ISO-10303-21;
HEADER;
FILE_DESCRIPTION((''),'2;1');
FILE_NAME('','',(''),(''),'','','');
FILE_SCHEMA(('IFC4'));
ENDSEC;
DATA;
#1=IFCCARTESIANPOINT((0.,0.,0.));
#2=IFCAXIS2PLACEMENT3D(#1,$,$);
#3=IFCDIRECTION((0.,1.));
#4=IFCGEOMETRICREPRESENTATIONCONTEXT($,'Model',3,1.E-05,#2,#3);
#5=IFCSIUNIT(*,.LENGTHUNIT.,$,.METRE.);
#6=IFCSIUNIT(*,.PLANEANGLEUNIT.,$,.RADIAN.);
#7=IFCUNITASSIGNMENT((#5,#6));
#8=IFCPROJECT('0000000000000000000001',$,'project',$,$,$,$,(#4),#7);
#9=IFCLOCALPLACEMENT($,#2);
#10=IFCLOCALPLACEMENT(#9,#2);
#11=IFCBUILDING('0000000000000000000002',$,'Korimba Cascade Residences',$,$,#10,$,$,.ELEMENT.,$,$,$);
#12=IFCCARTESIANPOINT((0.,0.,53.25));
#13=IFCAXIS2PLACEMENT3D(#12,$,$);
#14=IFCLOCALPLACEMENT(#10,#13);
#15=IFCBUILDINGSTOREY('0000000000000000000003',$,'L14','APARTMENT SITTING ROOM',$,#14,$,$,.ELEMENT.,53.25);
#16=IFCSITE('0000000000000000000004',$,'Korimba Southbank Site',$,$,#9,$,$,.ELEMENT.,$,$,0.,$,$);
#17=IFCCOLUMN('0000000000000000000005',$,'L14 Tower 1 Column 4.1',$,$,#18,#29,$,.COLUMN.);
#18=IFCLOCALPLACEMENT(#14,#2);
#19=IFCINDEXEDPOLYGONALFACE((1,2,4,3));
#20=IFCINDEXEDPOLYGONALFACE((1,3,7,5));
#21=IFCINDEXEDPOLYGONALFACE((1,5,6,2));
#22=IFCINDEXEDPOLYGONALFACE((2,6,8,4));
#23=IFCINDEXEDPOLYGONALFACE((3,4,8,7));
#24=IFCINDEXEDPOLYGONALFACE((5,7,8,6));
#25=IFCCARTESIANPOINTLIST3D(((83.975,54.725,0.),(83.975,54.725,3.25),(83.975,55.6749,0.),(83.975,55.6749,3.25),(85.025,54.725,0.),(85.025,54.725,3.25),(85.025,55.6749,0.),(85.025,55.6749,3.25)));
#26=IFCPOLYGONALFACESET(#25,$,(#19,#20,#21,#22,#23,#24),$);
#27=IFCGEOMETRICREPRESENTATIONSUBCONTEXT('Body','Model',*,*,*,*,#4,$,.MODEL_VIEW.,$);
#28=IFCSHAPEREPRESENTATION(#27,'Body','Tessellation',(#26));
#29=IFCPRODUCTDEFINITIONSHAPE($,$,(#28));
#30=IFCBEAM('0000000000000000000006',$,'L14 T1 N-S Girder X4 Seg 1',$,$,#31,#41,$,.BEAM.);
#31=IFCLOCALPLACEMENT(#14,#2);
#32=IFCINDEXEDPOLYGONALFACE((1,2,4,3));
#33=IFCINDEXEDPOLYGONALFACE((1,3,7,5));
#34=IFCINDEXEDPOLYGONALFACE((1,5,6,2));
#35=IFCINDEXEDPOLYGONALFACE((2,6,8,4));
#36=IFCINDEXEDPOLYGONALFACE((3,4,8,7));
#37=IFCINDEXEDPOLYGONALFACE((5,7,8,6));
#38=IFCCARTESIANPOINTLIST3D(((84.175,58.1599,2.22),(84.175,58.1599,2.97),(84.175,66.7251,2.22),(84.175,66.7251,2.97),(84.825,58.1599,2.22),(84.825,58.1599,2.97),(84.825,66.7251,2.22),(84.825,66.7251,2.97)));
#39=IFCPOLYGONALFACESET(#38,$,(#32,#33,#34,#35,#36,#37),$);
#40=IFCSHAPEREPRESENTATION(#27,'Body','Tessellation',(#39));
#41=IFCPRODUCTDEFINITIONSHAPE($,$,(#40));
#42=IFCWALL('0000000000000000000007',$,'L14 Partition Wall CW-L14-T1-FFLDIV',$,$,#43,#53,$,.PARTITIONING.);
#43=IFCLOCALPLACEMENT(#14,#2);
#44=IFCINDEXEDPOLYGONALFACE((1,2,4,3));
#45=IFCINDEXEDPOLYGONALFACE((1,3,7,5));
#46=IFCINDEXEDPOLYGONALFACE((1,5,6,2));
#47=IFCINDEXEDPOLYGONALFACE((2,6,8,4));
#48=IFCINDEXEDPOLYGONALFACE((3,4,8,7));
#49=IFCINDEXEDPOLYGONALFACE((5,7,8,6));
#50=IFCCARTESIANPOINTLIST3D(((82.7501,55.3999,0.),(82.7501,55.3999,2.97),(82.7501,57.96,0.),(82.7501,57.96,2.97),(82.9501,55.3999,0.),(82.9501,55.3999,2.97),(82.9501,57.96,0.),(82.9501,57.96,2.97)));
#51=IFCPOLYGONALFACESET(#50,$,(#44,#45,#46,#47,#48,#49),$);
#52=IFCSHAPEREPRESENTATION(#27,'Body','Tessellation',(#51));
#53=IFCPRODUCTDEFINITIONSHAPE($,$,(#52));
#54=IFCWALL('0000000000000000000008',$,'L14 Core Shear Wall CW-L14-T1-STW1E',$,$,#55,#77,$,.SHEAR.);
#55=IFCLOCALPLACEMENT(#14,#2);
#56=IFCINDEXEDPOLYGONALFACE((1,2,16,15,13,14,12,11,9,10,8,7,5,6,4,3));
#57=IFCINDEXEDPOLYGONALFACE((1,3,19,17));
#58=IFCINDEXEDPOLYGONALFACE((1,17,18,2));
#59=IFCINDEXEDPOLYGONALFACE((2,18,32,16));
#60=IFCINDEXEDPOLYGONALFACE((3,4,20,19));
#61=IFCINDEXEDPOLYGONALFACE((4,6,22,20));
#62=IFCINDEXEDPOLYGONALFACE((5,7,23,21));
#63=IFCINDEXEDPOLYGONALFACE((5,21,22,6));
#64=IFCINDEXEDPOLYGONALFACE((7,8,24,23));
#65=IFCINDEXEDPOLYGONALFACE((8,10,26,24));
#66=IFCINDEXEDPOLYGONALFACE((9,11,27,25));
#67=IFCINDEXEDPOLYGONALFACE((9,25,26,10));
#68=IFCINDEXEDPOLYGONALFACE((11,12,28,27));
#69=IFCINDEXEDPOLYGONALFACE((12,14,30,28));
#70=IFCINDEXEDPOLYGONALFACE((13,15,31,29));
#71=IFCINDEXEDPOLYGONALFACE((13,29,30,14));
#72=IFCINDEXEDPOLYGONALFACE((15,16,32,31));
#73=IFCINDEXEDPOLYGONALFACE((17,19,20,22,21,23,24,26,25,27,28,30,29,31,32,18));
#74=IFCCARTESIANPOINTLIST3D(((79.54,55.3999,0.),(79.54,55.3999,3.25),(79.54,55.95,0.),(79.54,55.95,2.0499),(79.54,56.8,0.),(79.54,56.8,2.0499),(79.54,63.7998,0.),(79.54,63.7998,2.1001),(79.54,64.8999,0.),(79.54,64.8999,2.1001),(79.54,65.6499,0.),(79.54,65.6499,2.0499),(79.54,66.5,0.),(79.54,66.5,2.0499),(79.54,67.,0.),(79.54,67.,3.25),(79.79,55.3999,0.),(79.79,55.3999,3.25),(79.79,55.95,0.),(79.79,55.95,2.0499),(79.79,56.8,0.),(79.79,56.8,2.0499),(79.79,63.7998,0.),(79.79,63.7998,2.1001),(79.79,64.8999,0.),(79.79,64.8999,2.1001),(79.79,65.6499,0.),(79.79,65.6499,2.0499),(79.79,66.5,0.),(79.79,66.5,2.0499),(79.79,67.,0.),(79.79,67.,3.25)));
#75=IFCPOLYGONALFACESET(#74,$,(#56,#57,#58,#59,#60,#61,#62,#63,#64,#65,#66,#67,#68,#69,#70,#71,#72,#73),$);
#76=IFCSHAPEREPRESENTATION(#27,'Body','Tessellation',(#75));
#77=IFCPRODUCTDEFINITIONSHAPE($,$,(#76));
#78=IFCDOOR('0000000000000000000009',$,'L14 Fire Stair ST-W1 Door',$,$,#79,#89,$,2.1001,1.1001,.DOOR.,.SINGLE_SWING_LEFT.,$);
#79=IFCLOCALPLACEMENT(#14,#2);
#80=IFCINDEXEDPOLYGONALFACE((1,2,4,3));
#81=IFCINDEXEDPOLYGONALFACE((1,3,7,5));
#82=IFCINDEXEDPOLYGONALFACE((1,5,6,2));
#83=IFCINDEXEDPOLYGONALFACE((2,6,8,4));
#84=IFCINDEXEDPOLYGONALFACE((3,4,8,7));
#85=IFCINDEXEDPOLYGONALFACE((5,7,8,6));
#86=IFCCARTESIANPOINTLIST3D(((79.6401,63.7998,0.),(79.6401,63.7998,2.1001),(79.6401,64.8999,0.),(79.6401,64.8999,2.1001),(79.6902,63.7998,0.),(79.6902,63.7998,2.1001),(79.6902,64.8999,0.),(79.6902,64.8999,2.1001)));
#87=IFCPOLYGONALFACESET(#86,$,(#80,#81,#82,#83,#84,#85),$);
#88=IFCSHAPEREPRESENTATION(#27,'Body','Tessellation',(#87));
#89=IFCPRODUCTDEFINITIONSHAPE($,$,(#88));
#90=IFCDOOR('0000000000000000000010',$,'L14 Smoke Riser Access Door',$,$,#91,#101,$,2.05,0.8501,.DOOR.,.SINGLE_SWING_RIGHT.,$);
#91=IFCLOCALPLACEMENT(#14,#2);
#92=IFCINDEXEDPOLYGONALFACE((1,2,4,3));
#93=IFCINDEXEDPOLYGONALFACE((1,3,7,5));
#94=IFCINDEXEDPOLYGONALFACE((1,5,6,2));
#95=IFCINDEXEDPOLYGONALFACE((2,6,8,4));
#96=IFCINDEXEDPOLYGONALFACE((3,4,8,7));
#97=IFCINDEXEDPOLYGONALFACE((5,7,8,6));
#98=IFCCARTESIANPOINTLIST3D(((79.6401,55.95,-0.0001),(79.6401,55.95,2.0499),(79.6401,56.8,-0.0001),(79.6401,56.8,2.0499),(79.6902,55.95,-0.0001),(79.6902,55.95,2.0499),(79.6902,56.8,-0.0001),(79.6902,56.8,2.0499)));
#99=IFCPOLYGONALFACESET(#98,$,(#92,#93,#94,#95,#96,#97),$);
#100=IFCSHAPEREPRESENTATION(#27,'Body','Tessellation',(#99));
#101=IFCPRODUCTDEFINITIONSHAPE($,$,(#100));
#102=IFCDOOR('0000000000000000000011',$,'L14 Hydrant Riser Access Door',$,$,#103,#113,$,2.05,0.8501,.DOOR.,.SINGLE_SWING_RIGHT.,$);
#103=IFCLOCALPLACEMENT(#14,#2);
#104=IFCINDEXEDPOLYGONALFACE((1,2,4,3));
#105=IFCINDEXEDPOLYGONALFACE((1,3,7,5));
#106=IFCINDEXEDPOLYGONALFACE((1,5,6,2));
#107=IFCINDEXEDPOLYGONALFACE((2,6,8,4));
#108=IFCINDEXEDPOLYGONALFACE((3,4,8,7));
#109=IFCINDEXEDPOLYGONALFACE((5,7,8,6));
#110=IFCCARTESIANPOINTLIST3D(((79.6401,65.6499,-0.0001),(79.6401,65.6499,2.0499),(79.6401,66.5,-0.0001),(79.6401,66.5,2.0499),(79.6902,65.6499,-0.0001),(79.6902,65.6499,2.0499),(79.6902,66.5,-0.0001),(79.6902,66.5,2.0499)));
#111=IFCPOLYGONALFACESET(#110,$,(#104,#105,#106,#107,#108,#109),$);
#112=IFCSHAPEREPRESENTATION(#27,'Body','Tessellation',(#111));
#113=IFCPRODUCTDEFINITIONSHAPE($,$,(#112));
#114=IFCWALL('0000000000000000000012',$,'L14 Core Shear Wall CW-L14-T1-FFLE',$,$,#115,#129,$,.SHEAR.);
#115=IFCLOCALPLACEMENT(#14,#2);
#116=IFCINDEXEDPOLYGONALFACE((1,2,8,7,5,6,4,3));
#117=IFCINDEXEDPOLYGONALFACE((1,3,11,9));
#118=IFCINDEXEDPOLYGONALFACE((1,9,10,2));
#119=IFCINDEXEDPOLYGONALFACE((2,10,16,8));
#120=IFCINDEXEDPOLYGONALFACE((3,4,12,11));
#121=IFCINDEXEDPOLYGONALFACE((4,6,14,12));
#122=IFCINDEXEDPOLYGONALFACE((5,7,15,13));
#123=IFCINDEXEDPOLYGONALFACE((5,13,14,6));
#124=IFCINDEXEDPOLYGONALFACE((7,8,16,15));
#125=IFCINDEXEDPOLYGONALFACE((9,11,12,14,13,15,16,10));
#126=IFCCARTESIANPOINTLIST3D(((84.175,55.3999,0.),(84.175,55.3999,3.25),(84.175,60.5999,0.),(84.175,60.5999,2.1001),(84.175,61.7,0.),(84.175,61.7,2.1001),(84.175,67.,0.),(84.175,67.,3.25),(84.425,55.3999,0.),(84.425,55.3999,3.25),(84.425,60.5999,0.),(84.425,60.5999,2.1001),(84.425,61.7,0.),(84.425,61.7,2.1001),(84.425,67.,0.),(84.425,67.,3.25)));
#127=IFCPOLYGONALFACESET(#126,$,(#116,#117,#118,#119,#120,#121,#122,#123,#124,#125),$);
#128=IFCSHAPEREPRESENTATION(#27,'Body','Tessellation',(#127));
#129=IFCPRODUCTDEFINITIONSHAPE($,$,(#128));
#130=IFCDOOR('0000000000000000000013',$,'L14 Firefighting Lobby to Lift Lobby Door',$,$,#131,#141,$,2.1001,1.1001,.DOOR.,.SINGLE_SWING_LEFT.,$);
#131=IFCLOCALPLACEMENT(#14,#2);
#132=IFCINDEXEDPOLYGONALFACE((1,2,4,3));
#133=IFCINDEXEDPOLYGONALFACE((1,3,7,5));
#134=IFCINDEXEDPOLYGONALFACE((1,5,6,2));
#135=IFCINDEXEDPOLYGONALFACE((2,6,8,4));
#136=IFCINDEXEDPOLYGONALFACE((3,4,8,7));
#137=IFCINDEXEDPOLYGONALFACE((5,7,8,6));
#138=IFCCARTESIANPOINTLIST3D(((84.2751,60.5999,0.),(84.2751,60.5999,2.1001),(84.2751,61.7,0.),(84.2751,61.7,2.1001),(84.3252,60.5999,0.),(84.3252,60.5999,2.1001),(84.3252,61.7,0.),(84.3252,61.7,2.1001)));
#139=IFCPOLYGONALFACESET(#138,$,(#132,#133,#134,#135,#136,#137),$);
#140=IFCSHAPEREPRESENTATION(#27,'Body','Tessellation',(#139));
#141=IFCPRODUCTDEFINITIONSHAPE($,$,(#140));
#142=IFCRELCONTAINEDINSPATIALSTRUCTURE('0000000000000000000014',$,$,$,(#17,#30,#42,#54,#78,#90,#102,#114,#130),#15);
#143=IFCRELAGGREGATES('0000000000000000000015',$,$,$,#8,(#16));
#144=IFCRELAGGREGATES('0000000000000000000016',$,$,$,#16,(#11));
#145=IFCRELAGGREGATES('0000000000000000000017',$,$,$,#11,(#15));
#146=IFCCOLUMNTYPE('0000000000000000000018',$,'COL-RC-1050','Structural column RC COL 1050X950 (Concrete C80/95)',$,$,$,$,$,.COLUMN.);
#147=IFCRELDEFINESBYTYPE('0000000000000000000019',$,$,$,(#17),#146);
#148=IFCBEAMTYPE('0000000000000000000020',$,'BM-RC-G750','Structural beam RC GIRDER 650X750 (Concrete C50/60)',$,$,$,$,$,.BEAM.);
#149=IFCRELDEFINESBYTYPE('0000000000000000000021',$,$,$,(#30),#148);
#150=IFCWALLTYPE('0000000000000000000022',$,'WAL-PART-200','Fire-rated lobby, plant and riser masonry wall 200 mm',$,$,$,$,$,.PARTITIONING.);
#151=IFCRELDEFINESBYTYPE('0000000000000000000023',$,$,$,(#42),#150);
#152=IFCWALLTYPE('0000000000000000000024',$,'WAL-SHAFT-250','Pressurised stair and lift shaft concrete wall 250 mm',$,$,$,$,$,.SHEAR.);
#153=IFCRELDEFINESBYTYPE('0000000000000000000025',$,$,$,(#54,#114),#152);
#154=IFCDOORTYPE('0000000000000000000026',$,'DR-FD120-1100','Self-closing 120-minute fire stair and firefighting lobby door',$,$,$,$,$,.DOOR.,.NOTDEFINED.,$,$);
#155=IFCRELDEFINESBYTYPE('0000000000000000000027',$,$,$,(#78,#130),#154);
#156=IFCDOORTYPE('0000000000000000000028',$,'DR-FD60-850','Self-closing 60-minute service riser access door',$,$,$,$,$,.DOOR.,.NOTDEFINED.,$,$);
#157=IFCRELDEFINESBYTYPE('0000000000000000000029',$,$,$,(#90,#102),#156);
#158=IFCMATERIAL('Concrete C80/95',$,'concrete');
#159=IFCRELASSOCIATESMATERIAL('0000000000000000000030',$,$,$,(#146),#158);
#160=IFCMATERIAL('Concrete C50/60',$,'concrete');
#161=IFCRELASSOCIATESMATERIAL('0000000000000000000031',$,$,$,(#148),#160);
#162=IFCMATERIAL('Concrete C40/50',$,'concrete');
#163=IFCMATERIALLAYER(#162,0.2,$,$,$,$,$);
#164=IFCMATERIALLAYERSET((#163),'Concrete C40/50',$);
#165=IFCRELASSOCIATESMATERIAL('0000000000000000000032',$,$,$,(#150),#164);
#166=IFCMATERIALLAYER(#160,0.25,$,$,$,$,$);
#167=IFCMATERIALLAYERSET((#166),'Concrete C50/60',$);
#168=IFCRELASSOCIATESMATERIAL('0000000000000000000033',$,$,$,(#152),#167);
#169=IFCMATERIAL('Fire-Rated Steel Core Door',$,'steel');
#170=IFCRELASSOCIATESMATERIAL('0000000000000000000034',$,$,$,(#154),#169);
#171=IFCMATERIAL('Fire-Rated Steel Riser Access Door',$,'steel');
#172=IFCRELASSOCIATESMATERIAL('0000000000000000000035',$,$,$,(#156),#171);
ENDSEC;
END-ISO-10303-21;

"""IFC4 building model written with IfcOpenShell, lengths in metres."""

from ifc_helpers import new_model, si_unit, direction, frame, frame_2d, origin, origin_2d, place, context, subcontext, project, spatial, rectangle, extrude, material, layer, layer_set, material_profile, profile_set, type_object, element, fill, save


model = new_model("IFC4")

# Units and contexts
model_context = context("Model", 3, precision=1e-05, world=origin(), true_north=direction((0.0, 1.0)))
body_context = subcontext(model_context, "Body", "Model", "MODEL_VIEW")
ifc_project = project(units=[si_unit("LENGTHUNIT", "METRE"), si_unit("PLANEANGLEUNIT", "RADIAN")], contexts=[model_context])

# Site, building, storey
site_placement = place(None, origin())
site = spatial("IfcSite", under=ifc_project, at=site_placement, Name="Korimba Southbank Site", CompositionType="ELEMENT", RefElevation=0.0)
building_placement = place(site_placement, origin())
building = spatial("IfcBuilding", under=site, at=building_placement, Name="Korimba Cascade Residences", CompositionType="ELEMENT")
storey_placement = place(building_placement, frame((0.0, 0.0, 53.25)))
storey = spatial("IfcBuildingStorey", under=building, at=storey_placement, Name="L14", Description="APARTMENT SITTING ROOM", CompositionType="ELEMENT", Elevation=53.25)

# Column
ifc_material_1 = material(Name="Concrete C80/95", Category="concrete")
ifc_material_profile_1 = material_profile(ifc_material_1, rectangle(XDim=1.05, YDim=0.95, at=origin_2d()), Name="Concrete C80/95")
ifc_profile_set_1 = profile_set([ifc_material_profile_1], Name="Concrete C80/95")
column_type = type_object("IfcColumnType", Name="COL-RC-1050", Description="Structural column RC COL 1050X950 (Concrete C80/95)", PredefinedType="COLUMN", material=ifc_profile_set_1)
column_placement = place(storey_placement, frame((84.5, 55.2, 0.0), z_axis=(0.0, 0.0, 1.0), x_axis=(1.0, 0.0, 0.0)))
element("IfcColumn", 1, at=column_placement, inside=storey, type_object=column_type, Name="L14 Tower 1 Column 4.1", PredefinedType="COLUMN", context=body_context, shape_type="SweptSolid", body=[
    extrude(rectangle(XDim=1.05, YDim=0.95, at=origin_2d()), origin(), (0.0, 0.0, 1.0), 3.25),
])

# Beam
ifc_material_2 = material(Name="Concrete C50/60", Category="concrete")
ifc_material_profile_2 = material_profile(ifc_material_2, rectangle(XDim=0.6499, YDim=0.75, at=origin_2d()), Name="Concrete C50/60")
ifc_profile_set_2 = profile_set([ifc_material_profile_2], Name="Concrete C50/60")
beam_type = type_object("IfcBeamType", Name="BM-RC-G750", Description="Structural beam RC GIRDER 650X750 (Concrete C50/60)", PredefinedType="BEAM", material=ifc_profile_set_2)
beam_placement = place(storey_placement, frame((84.5, 58.1599, 2.595), z_axis=(0.0, 1.0, 0.0), x_axis=(-1.0, 0.0, 0.0)))
element("IfcBeam", 2, at=beam_placement, inside=storey, type_object=beam_type, Name="L14 T1 N-S Girder X4 Seg 1", PredefinedType="BEAM", context=body_context, shape_type="SweptSolid", body=[
    extrude(rectangle(XDim=0.6499, YDim=0.75, at=origin_2d()), origin(), (0.0, 0.0, 1.0), 8.5652),
])

# Wall
ifc_material_3 = material(Name="Concrete C40/50", Category="concrete")
ifc_layer_1 = layer(ifc_material_3, 0.2)
ifc_layer_set_1 = layer_set([ifc_layer_1], Name="Concrete C40/50")
wall_type_1 = type_object("IfcWallType", Name="WAL-PART-200", Description="Fire-rated lobby, plant and riser masonry wall 200 mm", PredefinedType="PARTITIONING", material=ifc_layer_set_1)
wall_1_placement = place(storey_placement, frame((82.8501, 55.3999, 0.0), z_axis=(0.0, 0.0, 1.0), x_axis=(0.0, 1.0, 0.0)))
element("IfcWall", 3, at=wall_1_placement, inside=storey, type_object=wall_type_1, Name="L14 Partition Wall CW-L14-T1-FFLDIV", PredefinedType="PARTITIONING", context=body_context, shape_type="SweptSolid", body=[
    extrude(rectangle(XDim=2.5601, YDim=0.2, at=frame_2d((1.28, 0.0))), origin(), (0.0, 0.0, 1.0), 2.97),
])

# Wall, openings, doors
ifc_layer_2 = layer(ifc_material_2, 0.25)
ifc_layer_set_2 = layer_set([ifc_layer_2], Name="Concrete C50/60")
wall_type_2 = type_object("IfcWallType", Name="WAL-SHAFT-250", Description="Pressurised stair and lift shaft concrete wall 250 mm", PredefinedType="SHEAR", material=ifc_layer_set_2)
wall_2_placement = place(storey_placement, frame((79.665, 55.3999, 0.0), z_axis=(0.0, 0.0, 1.0), x_axis=(0.0, 1.0, 0.0)))
wall_2 = element("IfcWall", 4, at=wall_2_placement, inside=storey, type_object=wall_type_2, Name="L14 Core Shear Wall CW-L14-T1-STW1E", PredefinedType="SHEAR", context=body_context, shape_type="SweptSolid", body=[
    extrude(rectangle(XDim=11.6001, YDim=0.25, at=frame_2d((5.8, 0.0))), origin(), (0.0, 0.0, 1.0), 3.25),
])
opening_1_placement = place(wall_2_placement, frame((0.55, 0.0, 0.0)))
opening_1 = element("IfcOpeningElement", 5, at=opening_1_placement, cuts=wall_2, PredefinedType="OPENING", context=body_context, shape_type="SweptSolid", body=[
    extrude(rectangle(XDim=0.8501, YDim=2.05, at=frame_2d((0.425, 1.0249))), frame((0.0, 0.135, 0.0), z_axis=(0.0, -1.0, 0.0), x_axis=(1.0, 0.0, 0.0)), (0.0, 0.0, 1.0), 0.27),
])
opening_2_placement = place(wall_2_placement, frame((8.3999, 0.0, 0.0)))
opening_2 = element("IfcOpeningElement", 6, at=opening_2_placement, cuts=wall_2, PredefinedType="OPENING", context=body_context, shape_type="SweptSolid", body=[
    extrude(rectangle(XDim=1.1001, YDim=2.1001, at=frame_2d((0.55, 1.05))), frame((0.0, 0.135, 0.0), z_axis=(0.0, -1.0, 0.0), x_axis=(1.0, 0.0, 0.0)), (0.0, 0.0, 1.0), 0.27),
])
opening_3_placement = place(wall_2_placement, frame((10.25, 0.0, 0.0)))
opening_3 = element("IfcOpeningElement", 7, at=opening_3_placement, cuts=wall_2, PredefinedType="OPENING", context=body_context, shape_type="SweptSolid", body=[
    extrude(rectangle(XDim=0.8501, YDim=2.05, at=frame_2d((0.425, 1.0249))), frame((0.0, 0.135, 0.0), z_axis=(0.0, -1.0, 0.0), x_axis=(1.0, 0.0, 0.0)), (0.0, 0.0, 1.0), 0.27),
])
ifc_material_4 = material(Name="Fire-Rated Steel Core Door", Category="steel")
door_type_1 = type_object("IfcDoorType", Name="DR-FD120-1100", Description="Self-closing 120-minute fire stair and firefighting lobby door", OperationType="NOTDEFINED", PredefinedType="DOOR", material=ifc_material_4)
door_1_placement = place(opening_2_placement, origin())
door_1 = element("IfcDoor", 8, at=door_1_placement, inside=storey, type_object=door_type_1, Name="L14 Fire Stair ST-W1 Door", OperationType="SINGLE_SWING_LEFT", OverallHeight=2.1001, OverallWidth=1.1001, PredefinedType="DOOR", context=body_context, shape_type="SweptSolid", body=[
    extrude(rectangle(XDim=1.1001, YDim=2.1001, at=frame_2d((0.55, 1.05))), frame((0.0, 0.0249, 0.0), z_axis=(0.0, -1.0, 0.0), x_axis=(1.0, 0.0, 0.0)), (0.0, 0.0, 1.0), 0.05),
])
fill(opening_2, door_1)
ifc_material_5 = material(Name="Fire-Rated Steel Riser Access Door", Category="steel")
door_type_2 = type_object("IfcDoorType", Name="DR-FD60-850", Description="Self-closing 60-minute service riser access door", OperationType="NOTDEFINED", PredefinedType="DOOR", material=ifc_material_5)
door_2_placement = place(opening_1_placement, origin())
door_2 = element("IfcDoor", 9, at=door_2_placement, inside=storey, type_object=door_type_2, Name="L14 Smoke Riser Access Door", OperationType="SINGLE_SWING_RIGHT", OverallHeight=2.05, OverallWidth=0.8501, PredefinedType="DOOR", context=body_context, shape_type="SweptSolid", body=[
    extrude(rectangle(XDim=0.8501, YDim=2.05, at=frame_2d((0.425, 1.0249))), frame((0.0, 0.0249, 0.0), z_axis=(0.0, -1.0, 0.0), x_axis=(1.0, 0.0, 0.0)), (0.0, 0.0, 1.0), 0.05),
])
fill(opening_1, door_2)
door_3_placement = place(opening_3_placement, origin())
door_3 = element("IfcDoor", 10, at=door_3_placement, inside=storey, type_object=door_type_2, Name="L14 Hydrant Riser Access Door", OperationType="SINGLE_SWING_RIGHT", OverallHeight=2.05, OverallWidth=0.8501, PredefinedType="DOOR", context=body_context, shape_type="SweptSolid", body=[
    extrude(rectangle(XDim=0.8501, YDim=2.05, at=frame_2d((0.425, 1.0249))), frame((0.0, 0.0249, 0.0), z_axis=(0.0, -1.0, 0.0), x_axis=(1.0, 0.0, 0.0)), (0.0, 0.0, 1.0), 0.05),
])
fill(opening_3, door_3)

# Wall, opening, door
wall_3_placement = place(storey_placement, frame((84.3, 55.3999, 0.0), z_axis=(0.0, 0.0, 1.0), x_axis=(0.0, 1.0, 0.0)))
wall_3 = element("IfcWall", 11, at=wall_3_placement, inside=storey, type_object=wall_type_2, Name="L14 Core Shear Wall CW-L14-T1-FFLE", PredefinedType="SHEAR", context=body_context, shape_type="SweptSolid", body=[
    extrude(rectangle(XDim=11.6001, YDim=0.25, at=frame_2d((5.8, 0.0))), origin(), (0.0, 0.0, 1.0), 3.25),
])
opening_4_placement = place(wall_3_placement, frame((5.2, 0.0, 0.0)))
opening_4 = element("IfcOpeningElement", 12, at=opening_4_placement, cuts=wall_3, PredefinedType="OPENING", context=body_context, shape_type="SweptSolid", body=[
    extrude(rectangle(XDim=1.1001, YDim=2.1001, at=frame_2d((0.55, 1.05))), frame((0.0, 0.135, 0.0), z_axis=(0.0, -1.0, 0.0), x_axis=(1.0, 0.0, 0.0)), (0.0, 0.0, 1.0), 0.27),
])
door_4_placement = place(opening_4_placement, origin())
door_4 = element("IfcDoor", 13, at=door_4_placement, inside=storey, type_object=door_type_1, Name="L14 Firefighting Lobby to Lift Lobby Door", OperationType="SINGLE_SWING_LEFT", OverallHeight=2.1001, OverallWidth=1.1001, PredefinedType="DOOR", context=body_context, shape_type="SweptSolid", body=[
    extrude(rectangle(XDim=1.1001, YDim=2.1001, at=frame_2d((0.55, 1.05))), frame((0.0, 0.0249, 0.0), z_axis=(0.0, -1.0, 0.0), x_axis=(1.0, 0.0, 0.0)), (0.0, 0.0, 1.0), 0.05),
])
fill(opening_4, door_4)

save(model, "model.ifc")
